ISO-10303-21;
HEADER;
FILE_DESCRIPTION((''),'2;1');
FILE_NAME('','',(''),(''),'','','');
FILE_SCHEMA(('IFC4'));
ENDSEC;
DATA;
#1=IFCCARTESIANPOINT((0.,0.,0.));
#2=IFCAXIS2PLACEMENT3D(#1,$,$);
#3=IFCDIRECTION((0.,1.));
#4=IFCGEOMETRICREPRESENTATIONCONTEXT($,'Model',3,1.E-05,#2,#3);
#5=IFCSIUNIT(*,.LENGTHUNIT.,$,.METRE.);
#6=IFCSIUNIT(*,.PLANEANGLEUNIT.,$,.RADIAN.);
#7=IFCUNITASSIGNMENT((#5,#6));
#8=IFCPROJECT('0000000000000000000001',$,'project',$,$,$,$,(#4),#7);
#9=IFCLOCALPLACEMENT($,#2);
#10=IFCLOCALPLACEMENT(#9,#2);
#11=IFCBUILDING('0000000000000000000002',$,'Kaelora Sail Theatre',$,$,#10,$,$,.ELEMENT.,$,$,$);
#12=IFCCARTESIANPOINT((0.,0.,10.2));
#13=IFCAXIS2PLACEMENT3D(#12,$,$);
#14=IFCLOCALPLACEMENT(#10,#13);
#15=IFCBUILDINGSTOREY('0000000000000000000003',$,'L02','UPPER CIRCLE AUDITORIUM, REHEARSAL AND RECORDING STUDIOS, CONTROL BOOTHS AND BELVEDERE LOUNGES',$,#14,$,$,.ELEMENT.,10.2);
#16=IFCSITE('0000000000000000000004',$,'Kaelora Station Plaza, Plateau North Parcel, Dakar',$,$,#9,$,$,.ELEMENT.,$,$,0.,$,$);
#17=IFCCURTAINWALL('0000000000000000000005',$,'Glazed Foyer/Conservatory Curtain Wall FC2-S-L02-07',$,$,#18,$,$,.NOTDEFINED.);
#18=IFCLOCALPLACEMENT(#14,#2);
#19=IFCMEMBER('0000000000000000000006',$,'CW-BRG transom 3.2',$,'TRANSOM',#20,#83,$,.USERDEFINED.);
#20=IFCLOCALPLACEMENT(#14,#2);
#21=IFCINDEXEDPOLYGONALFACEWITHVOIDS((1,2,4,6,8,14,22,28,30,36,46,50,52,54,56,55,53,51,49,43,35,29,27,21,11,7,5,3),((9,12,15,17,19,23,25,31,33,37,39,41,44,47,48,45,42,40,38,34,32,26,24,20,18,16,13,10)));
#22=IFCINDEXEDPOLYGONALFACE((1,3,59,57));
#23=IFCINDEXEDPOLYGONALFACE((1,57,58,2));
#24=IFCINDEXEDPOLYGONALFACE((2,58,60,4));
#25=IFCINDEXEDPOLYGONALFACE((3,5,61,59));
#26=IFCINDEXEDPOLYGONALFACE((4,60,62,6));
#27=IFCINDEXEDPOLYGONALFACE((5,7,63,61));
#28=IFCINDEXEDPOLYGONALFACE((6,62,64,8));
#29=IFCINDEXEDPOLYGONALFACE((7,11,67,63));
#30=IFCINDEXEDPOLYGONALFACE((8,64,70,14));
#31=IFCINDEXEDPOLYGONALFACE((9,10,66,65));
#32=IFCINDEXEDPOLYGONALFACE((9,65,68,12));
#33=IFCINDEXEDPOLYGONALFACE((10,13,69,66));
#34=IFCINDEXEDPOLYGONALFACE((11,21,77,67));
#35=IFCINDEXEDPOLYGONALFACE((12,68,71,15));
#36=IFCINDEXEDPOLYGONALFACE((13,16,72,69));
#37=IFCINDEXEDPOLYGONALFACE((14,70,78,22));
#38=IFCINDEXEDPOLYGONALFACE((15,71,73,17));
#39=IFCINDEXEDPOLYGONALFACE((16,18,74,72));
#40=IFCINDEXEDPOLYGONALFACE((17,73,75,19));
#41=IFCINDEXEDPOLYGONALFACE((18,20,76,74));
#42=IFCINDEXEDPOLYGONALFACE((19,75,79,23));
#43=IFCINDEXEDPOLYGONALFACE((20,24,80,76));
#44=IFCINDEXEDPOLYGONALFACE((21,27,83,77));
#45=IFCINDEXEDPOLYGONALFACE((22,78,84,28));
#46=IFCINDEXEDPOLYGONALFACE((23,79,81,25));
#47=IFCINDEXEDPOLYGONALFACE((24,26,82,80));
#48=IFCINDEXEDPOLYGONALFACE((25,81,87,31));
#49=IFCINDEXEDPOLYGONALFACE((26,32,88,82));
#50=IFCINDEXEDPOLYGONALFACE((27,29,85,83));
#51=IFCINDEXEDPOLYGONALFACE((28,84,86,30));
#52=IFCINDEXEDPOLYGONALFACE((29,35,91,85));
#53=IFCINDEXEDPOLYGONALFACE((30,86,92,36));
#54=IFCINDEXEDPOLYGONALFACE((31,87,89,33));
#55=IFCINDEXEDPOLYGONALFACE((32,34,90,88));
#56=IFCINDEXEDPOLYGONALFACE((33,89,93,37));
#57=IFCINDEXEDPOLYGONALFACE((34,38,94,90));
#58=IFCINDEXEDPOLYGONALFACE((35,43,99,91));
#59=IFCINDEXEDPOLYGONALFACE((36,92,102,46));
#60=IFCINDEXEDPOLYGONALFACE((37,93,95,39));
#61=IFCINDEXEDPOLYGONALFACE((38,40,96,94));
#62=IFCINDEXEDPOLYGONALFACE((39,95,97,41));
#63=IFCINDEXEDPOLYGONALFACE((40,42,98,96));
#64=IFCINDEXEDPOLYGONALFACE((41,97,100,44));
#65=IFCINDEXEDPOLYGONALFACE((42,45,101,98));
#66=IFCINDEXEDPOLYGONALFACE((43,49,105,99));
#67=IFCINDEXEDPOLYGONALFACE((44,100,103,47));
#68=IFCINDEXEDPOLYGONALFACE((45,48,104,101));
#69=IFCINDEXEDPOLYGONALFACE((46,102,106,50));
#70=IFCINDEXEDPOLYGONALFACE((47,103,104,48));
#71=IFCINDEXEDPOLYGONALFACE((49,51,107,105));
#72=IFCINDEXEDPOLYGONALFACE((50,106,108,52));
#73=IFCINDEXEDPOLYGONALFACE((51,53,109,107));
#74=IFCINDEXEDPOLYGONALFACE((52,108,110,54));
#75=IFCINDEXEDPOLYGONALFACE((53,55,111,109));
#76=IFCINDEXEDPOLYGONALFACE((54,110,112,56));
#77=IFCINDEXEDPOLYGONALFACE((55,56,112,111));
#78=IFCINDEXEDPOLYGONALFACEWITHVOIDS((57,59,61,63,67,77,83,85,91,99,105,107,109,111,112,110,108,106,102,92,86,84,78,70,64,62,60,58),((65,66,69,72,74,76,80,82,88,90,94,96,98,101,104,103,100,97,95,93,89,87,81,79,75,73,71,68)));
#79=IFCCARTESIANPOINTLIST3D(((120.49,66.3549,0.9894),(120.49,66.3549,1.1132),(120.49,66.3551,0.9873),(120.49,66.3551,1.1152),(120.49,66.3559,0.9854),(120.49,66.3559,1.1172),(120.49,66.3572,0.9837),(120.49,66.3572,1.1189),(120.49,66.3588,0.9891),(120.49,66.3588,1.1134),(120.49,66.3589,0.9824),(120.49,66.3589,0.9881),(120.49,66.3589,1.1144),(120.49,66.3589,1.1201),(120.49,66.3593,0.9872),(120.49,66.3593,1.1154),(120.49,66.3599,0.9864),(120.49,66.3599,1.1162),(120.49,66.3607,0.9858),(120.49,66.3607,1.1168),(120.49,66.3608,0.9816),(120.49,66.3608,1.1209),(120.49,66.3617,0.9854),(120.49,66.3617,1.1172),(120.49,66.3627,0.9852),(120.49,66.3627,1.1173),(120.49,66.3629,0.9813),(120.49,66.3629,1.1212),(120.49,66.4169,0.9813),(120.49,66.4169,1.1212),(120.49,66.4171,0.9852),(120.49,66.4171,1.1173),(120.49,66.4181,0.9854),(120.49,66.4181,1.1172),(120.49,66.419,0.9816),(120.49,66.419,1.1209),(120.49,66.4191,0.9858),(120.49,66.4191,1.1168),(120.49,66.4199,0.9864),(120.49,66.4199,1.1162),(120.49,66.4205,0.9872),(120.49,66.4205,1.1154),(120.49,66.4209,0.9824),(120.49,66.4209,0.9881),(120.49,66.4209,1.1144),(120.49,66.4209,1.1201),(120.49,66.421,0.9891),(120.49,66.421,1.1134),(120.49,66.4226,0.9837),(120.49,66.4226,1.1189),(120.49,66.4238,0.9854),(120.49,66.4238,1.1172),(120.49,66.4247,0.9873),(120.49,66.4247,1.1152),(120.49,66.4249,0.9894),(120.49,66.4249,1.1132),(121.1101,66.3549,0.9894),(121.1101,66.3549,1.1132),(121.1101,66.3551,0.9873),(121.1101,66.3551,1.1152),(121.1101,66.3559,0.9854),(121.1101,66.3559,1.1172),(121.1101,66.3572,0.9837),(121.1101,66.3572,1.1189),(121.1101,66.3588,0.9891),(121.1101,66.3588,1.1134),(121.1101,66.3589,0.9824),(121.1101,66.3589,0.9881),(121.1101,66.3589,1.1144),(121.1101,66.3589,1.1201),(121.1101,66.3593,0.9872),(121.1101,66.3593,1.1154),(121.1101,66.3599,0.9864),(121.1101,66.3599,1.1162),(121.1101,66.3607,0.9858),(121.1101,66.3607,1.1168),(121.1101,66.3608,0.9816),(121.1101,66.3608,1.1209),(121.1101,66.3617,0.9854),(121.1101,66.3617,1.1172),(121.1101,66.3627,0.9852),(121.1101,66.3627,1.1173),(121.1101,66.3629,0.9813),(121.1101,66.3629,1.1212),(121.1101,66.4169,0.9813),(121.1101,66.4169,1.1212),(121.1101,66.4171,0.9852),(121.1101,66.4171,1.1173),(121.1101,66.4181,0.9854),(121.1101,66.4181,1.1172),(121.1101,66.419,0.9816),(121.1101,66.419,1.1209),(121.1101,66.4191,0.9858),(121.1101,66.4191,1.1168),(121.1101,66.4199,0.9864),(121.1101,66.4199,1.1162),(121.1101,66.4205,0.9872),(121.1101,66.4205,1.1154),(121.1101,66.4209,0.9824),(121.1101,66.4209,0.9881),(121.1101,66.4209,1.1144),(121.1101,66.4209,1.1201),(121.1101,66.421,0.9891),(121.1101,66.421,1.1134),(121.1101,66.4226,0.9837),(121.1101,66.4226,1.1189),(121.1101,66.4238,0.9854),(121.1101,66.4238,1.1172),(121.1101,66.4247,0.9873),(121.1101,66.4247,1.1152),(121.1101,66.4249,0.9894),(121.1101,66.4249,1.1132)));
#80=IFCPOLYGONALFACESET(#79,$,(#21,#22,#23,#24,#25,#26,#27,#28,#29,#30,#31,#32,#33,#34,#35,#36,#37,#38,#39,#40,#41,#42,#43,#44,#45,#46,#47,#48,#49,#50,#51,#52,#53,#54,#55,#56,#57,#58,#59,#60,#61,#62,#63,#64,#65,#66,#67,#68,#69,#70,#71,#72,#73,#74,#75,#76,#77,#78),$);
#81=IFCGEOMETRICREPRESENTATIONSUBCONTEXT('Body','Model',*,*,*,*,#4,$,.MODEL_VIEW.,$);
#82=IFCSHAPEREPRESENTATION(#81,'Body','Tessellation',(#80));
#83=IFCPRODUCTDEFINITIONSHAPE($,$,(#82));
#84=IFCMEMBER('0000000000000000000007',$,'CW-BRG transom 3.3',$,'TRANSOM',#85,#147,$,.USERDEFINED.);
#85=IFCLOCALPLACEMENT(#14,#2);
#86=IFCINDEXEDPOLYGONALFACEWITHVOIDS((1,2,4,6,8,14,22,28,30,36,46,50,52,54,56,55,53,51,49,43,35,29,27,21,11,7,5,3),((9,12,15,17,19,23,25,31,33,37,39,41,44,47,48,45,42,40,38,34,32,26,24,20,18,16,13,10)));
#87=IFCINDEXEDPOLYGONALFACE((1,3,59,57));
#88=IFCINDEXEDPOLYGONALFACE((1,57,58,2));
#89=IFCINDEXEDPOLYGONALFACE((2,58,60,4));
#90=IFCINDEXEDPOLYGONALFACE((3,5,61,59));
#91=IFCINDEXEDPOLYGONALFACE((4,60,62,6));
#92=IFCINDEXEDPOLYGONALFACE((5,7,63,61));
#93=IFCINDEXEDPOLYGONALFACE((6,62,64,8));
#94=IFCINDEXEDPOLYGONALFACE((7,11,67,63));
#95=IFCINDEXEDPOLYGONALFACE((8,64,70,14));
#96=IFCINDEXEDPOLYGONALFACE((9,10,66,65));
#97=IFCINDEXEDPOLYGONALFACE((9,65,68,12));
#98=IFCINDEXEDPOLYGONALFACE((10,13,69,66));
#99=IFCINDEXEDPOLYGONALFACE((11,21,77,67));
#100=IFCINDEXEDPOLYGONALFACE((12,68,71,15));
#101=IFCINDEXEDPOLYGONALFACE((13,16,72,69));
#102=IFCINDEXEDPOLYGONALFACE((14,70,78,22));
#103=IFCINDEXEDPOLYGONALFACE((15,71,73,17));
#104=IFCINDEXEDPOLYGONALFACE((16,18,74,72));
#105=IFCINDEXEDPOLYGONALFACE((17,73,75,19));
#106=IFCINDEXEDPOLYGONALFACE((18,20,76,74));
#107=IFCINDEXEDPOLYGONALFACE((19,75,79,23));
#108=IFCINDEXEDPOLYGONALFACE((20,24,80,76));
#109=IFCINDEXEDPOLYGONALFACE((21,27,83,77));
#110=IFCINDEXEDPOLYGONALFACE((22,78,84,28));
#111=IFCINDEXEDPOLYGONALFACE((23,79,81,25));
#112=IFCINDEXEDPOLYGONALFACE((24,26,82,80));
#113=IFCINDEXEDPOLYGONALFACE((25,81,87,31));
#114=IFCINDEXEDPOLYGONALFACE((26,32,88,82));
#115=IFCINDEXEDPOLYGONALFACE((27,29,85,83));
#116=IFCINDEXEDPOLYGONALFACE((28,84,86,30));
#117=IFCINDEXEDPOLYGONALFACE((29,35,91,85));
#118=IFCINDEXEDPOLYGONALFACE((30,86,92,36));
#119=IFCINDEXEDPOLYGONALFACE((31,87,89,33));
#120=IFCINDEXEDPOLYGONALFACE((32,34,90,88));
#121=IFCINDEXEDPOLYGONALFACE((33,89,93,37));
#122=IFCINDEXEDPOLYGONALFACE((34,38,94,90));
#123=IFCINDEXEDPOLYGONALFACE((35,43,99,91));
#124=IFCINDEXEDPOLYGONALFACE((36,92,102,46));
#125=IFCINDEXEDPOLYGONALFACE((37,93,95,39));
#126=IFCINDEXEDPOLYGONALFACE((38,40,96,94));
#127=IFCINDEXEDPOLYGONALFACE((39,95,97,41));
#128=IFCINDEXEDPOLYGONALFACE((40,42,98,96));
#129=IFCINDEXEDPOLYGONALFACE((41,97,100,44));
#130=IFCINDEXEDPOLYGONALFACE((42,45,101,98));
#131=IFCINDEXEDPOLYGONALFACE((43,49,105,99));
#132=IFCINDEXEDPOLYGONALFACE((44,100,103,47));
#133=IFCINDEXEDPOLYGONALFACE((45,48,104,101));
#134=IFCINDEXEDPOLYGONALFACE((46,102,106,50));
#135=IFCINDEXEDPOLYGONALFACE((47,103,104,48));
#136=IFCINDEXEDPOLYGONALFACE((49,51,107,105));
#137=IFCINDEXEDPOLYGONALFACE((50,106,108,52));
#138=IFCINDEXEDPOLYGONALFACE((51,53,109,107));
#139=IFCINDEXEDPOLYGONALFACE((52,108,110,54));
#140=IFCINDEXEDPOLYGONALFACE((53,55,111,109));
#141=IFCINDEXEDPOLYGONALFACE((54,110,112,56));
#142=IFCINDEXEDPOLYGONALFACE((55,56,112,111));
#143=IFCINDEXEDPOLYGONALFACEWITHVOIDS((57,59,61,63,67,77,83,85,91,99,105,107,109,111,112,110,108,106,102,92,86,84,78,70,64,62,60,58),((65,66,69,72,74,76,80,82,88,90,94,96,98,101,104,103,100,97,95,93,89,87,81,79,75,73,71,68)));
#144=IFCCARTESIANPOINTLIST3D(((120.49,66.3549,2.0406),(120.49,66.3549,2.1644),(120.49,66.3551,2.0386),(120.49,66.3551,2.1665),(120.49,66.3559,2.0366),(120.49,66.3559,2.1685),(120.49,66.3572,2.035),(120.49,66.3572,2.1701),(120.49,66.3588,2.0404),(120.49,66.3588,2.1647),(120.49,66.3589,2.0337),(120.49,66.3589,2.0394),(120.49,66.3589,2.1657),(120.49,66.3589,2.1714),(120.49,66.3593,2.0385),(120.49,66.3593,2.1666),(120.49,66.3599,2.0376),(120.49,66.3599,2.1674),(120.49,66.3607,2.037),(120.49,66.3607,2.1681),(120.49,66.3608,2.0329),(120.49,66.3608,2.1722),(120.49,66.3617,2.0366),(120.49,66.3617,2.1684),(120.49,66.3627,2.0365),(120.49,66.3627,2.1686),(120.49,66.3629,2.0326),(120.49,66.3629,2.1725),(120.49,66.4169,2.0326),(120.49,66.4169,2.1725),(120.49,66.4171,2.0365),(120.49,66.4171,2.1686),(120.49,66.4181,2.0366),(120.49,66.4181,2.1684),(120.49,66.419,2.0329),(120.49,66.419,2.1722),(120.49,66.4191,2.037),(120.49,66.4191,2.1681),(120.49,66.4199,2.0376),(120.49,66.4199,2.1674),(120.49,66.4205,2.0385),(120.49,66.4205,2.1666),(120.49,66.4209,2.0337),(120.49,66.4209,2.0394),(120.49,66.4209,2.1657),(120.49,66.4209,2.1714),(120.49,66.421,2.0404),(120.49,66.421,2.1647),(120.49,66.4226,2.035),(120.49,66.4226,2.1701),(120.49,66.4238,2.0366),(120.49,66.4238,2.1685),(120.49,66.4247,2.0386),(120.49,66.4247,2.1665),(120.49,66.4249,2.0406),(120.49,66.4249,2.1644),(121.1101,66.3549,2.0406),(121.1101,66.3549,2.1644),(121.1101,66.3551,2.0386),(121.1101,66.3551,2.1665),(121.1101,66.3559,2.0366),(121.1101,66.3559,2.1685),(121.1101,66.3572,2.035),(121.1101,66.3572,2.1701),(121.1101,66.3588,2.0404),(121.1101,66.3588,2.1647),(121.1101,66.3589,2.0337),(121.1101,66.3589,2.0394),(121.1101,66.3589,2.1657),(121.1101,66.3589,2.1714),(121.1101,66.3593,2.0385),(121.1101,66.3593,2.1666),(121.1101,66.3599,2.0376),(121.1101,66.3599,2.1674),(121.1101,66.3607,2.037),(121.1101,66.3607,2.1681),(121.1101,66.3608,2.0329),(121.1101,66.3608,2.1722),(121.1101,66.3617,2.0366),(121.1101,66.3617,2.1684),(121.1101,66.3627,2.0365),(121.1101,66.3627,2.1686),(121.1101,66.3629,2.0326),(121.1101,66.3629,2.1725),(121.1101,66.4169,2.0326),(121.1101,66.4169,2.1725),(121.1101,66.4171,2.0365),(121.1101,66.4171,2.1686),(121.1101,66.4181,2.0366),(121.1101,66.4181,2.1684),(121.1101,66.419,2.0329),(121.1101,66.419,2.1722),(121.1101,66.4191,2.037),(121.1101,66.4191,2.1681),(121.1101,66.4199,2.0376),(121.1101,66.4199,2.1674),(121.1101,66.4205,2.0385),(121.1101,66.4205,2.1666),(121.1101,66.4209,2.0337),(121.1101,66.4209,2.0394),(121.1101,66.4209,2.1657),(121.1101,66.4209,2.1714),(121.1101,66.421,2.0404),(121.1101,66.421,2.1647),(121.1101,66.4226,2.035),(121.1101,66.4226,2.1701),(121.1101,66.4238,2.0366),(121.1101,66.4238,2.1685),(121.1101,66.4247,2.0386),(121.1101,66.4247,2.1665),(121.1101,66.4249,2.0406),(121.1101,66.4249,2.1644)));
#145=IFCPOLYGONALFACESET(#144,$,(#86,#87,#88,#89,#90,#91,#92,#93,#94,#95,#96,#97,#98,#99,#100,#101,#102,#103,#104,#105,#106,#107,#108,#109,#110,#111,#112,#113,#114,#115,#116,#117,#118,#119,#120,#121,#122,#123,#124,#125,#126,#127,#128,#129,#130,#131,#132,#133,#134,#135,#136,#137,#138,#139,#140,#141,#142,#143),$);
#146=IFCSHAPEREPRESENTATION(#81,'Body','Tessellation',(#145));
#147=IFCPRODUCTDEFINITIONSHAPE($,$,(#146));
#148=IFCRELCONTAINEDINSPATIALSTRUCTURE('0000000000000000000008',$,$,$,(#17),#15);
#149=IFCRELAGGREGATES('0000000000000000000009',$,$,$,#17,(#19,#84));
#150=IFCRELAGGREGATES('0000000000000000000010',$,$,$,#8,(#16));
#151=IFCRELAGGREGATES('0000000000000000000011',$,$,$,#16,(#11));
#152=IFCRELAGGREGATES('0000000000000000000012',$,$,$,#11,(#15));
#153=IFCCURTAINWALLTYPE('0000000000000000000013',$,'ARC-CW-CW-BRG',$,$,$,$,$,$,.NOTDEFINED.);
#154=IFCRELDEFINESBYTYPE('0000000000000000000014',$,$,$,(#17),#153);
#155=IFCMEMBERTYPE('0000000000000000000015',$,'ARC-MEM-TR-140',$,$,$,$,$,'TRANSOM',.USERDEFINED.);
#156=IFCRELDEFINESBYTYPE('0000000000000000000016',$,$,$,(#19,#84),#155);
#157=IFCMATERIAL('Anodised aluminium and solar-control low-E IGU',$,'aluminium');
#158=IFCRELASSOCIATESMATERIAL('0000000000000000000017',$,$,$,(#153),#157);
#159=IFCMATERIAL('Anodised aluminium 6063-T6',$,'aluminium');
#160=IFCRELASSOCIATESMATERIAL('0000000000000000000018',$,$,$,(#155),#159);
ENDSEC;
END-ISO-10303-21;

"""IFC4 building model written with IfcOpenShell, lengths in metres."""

from ifc_helpers import new_model, si_unit, direction, frame, origin, origin_2d, place, context, subcontext, project, spatial, hollow_rectangle, extrude, material, material_profile, profile_set, type_object, element, aggregate, save


model = new_model("IFC4")

# Units and contexts
model_context = context("Model", 3, precision=1e-05, world=origin(), true_north=direction((0.0, 1.0)))
body_context = subcontext(model_context, "Body", "Model", "MODEL_VIEW")
ifc_project = project(units=[si_unit("LENGTHUNIT", "METRE"), si_unit("PLANEANGLEUNIT", "RADIAN")], contexts=[model_context])

# Site, building, storey
site_placement = place(None, origin())
site = spatial("IfcSite", under=ifc_project, at=site_placement, Name="Kaelora Station Plaza, Plateau North Parcel, Dakar", CompositionType="ELEMENT", RefElevation=0.0)
building_placement = place(site_placement, origin())
building = spatial("IfcBuilding", under=site, at=building_placement, Name="Kaelora Sail Theatre", CompositionType="ELEMENT")
storey_placement = place(building_placement, frame((0.0, 0.0, 10.2)))
storey = spatial("IfcBuildingStorey", under=building, at=storey_placement, Name="L02", Description="UPPER CIRCLE AUDITORIUM, REHEARSAL AND RECORDING STUDIOS, CONTROL BOOTHS AND BELVEDERE LOUNGES", CompositionType="ELEMENT", Elevation=10.2)

# Shared definitions
ifc_material_1 = material(Name="Anodised aluminium and solar-control low-E IGU", Category="aluminium")
curtain_wall_type = type_object("IfcCurtainWallType", Name="ARC-CW-CW-BRG", PredefinedType="NOTDEFINED", material=ifc_material_1)

# Curtain wall
curtain_wall_1_placement = place(storey_placement, origin())
curtain_wall_1 = element("IfcCurtainWall", 1, at=curtain_wall_1_placement, inside=storey, type_object=curtain_wall_type, Name="Glazed Foyer/Conservatory Curtain Wall FC2-S-L02-07", PredefinedType="NOTDEFINED")

# Members
ifc_material_2 = material(Name="Anodised aluminium 6063-T6", Category="aluminium")
ifc_material_profile_1 = material_profile(ifc_material_2, hollow_rectangle(XDim=0.0701, YDim=0.1399, WallThickness=0.0039, InnerFilletRadius=0.0039, OuterFilletRadius=0.0081, at=origin_2d()), Name="ALU-TRAN 70x140x4")
ifc_profile_set_1 = profile_set([ifc_material_profile_1], Name="Anodised aluminium 6063-T6")
member_type_1 = type_object("IfcMemberType", Name="ARC-MEM-TR-140", ElementType="TRANSOM", PredefinedType="USERDEFINED", material=ifc_profile_set_1)
member_1_placement = place(storey_placement, frame((120.49, 66.3899, 1.0513), z_axis=(1.0, 0.0, 0.0), x_axis=(0.0, 1.0, 0.0)))
member_1 = element("IfcMember", 2, at=member_1_placement, type_object=member_type_1, Name="CW-BRG transom 3.2", ObjectType="TRANSOM", PredefinedType="USERDEFINED", context=body_context, shape_type="SweptSolid", body=[
    extrude(hollow_rectangle(XDim=0.0701, YDim=0.1399, WallThickness=0.0039, InnerFilletRadius=0.0039, OuterFilletRadius=0.0081, at=origin_2d()), origin(), (0.0, 0.0, 1.0), 0.6201),
])
member_2_placement = place(storey_placement, frame((120.49, 66.3899, 2.1025), z_axis=(1.0, 0.0, 0.0), x_axis=(0.0, 1.0, 0.0)))
member_2 = element("IfcMember", 3, at=member_2_placement, type_object=member_type_1, Name="CW-BRG transom 3.3", ObjectType="TRANSOM", PredefinedType="USERDEFINED", context=body_context, shape_type="SweptSolid", body=[
    extrude(hollow_rectangle(XDim=0.0701, YDim=0.1399, WallThickness=0.0039, InnerFilletRadius=0.0039, OuterFilletRadius=0.0081, at=origin_2d()), origin(), (0.0, 0.0, 1.0), 0.6201),
])

aggregate(curtain_wall_1, [member_1, member_2])

save(model, "model.ifc")
